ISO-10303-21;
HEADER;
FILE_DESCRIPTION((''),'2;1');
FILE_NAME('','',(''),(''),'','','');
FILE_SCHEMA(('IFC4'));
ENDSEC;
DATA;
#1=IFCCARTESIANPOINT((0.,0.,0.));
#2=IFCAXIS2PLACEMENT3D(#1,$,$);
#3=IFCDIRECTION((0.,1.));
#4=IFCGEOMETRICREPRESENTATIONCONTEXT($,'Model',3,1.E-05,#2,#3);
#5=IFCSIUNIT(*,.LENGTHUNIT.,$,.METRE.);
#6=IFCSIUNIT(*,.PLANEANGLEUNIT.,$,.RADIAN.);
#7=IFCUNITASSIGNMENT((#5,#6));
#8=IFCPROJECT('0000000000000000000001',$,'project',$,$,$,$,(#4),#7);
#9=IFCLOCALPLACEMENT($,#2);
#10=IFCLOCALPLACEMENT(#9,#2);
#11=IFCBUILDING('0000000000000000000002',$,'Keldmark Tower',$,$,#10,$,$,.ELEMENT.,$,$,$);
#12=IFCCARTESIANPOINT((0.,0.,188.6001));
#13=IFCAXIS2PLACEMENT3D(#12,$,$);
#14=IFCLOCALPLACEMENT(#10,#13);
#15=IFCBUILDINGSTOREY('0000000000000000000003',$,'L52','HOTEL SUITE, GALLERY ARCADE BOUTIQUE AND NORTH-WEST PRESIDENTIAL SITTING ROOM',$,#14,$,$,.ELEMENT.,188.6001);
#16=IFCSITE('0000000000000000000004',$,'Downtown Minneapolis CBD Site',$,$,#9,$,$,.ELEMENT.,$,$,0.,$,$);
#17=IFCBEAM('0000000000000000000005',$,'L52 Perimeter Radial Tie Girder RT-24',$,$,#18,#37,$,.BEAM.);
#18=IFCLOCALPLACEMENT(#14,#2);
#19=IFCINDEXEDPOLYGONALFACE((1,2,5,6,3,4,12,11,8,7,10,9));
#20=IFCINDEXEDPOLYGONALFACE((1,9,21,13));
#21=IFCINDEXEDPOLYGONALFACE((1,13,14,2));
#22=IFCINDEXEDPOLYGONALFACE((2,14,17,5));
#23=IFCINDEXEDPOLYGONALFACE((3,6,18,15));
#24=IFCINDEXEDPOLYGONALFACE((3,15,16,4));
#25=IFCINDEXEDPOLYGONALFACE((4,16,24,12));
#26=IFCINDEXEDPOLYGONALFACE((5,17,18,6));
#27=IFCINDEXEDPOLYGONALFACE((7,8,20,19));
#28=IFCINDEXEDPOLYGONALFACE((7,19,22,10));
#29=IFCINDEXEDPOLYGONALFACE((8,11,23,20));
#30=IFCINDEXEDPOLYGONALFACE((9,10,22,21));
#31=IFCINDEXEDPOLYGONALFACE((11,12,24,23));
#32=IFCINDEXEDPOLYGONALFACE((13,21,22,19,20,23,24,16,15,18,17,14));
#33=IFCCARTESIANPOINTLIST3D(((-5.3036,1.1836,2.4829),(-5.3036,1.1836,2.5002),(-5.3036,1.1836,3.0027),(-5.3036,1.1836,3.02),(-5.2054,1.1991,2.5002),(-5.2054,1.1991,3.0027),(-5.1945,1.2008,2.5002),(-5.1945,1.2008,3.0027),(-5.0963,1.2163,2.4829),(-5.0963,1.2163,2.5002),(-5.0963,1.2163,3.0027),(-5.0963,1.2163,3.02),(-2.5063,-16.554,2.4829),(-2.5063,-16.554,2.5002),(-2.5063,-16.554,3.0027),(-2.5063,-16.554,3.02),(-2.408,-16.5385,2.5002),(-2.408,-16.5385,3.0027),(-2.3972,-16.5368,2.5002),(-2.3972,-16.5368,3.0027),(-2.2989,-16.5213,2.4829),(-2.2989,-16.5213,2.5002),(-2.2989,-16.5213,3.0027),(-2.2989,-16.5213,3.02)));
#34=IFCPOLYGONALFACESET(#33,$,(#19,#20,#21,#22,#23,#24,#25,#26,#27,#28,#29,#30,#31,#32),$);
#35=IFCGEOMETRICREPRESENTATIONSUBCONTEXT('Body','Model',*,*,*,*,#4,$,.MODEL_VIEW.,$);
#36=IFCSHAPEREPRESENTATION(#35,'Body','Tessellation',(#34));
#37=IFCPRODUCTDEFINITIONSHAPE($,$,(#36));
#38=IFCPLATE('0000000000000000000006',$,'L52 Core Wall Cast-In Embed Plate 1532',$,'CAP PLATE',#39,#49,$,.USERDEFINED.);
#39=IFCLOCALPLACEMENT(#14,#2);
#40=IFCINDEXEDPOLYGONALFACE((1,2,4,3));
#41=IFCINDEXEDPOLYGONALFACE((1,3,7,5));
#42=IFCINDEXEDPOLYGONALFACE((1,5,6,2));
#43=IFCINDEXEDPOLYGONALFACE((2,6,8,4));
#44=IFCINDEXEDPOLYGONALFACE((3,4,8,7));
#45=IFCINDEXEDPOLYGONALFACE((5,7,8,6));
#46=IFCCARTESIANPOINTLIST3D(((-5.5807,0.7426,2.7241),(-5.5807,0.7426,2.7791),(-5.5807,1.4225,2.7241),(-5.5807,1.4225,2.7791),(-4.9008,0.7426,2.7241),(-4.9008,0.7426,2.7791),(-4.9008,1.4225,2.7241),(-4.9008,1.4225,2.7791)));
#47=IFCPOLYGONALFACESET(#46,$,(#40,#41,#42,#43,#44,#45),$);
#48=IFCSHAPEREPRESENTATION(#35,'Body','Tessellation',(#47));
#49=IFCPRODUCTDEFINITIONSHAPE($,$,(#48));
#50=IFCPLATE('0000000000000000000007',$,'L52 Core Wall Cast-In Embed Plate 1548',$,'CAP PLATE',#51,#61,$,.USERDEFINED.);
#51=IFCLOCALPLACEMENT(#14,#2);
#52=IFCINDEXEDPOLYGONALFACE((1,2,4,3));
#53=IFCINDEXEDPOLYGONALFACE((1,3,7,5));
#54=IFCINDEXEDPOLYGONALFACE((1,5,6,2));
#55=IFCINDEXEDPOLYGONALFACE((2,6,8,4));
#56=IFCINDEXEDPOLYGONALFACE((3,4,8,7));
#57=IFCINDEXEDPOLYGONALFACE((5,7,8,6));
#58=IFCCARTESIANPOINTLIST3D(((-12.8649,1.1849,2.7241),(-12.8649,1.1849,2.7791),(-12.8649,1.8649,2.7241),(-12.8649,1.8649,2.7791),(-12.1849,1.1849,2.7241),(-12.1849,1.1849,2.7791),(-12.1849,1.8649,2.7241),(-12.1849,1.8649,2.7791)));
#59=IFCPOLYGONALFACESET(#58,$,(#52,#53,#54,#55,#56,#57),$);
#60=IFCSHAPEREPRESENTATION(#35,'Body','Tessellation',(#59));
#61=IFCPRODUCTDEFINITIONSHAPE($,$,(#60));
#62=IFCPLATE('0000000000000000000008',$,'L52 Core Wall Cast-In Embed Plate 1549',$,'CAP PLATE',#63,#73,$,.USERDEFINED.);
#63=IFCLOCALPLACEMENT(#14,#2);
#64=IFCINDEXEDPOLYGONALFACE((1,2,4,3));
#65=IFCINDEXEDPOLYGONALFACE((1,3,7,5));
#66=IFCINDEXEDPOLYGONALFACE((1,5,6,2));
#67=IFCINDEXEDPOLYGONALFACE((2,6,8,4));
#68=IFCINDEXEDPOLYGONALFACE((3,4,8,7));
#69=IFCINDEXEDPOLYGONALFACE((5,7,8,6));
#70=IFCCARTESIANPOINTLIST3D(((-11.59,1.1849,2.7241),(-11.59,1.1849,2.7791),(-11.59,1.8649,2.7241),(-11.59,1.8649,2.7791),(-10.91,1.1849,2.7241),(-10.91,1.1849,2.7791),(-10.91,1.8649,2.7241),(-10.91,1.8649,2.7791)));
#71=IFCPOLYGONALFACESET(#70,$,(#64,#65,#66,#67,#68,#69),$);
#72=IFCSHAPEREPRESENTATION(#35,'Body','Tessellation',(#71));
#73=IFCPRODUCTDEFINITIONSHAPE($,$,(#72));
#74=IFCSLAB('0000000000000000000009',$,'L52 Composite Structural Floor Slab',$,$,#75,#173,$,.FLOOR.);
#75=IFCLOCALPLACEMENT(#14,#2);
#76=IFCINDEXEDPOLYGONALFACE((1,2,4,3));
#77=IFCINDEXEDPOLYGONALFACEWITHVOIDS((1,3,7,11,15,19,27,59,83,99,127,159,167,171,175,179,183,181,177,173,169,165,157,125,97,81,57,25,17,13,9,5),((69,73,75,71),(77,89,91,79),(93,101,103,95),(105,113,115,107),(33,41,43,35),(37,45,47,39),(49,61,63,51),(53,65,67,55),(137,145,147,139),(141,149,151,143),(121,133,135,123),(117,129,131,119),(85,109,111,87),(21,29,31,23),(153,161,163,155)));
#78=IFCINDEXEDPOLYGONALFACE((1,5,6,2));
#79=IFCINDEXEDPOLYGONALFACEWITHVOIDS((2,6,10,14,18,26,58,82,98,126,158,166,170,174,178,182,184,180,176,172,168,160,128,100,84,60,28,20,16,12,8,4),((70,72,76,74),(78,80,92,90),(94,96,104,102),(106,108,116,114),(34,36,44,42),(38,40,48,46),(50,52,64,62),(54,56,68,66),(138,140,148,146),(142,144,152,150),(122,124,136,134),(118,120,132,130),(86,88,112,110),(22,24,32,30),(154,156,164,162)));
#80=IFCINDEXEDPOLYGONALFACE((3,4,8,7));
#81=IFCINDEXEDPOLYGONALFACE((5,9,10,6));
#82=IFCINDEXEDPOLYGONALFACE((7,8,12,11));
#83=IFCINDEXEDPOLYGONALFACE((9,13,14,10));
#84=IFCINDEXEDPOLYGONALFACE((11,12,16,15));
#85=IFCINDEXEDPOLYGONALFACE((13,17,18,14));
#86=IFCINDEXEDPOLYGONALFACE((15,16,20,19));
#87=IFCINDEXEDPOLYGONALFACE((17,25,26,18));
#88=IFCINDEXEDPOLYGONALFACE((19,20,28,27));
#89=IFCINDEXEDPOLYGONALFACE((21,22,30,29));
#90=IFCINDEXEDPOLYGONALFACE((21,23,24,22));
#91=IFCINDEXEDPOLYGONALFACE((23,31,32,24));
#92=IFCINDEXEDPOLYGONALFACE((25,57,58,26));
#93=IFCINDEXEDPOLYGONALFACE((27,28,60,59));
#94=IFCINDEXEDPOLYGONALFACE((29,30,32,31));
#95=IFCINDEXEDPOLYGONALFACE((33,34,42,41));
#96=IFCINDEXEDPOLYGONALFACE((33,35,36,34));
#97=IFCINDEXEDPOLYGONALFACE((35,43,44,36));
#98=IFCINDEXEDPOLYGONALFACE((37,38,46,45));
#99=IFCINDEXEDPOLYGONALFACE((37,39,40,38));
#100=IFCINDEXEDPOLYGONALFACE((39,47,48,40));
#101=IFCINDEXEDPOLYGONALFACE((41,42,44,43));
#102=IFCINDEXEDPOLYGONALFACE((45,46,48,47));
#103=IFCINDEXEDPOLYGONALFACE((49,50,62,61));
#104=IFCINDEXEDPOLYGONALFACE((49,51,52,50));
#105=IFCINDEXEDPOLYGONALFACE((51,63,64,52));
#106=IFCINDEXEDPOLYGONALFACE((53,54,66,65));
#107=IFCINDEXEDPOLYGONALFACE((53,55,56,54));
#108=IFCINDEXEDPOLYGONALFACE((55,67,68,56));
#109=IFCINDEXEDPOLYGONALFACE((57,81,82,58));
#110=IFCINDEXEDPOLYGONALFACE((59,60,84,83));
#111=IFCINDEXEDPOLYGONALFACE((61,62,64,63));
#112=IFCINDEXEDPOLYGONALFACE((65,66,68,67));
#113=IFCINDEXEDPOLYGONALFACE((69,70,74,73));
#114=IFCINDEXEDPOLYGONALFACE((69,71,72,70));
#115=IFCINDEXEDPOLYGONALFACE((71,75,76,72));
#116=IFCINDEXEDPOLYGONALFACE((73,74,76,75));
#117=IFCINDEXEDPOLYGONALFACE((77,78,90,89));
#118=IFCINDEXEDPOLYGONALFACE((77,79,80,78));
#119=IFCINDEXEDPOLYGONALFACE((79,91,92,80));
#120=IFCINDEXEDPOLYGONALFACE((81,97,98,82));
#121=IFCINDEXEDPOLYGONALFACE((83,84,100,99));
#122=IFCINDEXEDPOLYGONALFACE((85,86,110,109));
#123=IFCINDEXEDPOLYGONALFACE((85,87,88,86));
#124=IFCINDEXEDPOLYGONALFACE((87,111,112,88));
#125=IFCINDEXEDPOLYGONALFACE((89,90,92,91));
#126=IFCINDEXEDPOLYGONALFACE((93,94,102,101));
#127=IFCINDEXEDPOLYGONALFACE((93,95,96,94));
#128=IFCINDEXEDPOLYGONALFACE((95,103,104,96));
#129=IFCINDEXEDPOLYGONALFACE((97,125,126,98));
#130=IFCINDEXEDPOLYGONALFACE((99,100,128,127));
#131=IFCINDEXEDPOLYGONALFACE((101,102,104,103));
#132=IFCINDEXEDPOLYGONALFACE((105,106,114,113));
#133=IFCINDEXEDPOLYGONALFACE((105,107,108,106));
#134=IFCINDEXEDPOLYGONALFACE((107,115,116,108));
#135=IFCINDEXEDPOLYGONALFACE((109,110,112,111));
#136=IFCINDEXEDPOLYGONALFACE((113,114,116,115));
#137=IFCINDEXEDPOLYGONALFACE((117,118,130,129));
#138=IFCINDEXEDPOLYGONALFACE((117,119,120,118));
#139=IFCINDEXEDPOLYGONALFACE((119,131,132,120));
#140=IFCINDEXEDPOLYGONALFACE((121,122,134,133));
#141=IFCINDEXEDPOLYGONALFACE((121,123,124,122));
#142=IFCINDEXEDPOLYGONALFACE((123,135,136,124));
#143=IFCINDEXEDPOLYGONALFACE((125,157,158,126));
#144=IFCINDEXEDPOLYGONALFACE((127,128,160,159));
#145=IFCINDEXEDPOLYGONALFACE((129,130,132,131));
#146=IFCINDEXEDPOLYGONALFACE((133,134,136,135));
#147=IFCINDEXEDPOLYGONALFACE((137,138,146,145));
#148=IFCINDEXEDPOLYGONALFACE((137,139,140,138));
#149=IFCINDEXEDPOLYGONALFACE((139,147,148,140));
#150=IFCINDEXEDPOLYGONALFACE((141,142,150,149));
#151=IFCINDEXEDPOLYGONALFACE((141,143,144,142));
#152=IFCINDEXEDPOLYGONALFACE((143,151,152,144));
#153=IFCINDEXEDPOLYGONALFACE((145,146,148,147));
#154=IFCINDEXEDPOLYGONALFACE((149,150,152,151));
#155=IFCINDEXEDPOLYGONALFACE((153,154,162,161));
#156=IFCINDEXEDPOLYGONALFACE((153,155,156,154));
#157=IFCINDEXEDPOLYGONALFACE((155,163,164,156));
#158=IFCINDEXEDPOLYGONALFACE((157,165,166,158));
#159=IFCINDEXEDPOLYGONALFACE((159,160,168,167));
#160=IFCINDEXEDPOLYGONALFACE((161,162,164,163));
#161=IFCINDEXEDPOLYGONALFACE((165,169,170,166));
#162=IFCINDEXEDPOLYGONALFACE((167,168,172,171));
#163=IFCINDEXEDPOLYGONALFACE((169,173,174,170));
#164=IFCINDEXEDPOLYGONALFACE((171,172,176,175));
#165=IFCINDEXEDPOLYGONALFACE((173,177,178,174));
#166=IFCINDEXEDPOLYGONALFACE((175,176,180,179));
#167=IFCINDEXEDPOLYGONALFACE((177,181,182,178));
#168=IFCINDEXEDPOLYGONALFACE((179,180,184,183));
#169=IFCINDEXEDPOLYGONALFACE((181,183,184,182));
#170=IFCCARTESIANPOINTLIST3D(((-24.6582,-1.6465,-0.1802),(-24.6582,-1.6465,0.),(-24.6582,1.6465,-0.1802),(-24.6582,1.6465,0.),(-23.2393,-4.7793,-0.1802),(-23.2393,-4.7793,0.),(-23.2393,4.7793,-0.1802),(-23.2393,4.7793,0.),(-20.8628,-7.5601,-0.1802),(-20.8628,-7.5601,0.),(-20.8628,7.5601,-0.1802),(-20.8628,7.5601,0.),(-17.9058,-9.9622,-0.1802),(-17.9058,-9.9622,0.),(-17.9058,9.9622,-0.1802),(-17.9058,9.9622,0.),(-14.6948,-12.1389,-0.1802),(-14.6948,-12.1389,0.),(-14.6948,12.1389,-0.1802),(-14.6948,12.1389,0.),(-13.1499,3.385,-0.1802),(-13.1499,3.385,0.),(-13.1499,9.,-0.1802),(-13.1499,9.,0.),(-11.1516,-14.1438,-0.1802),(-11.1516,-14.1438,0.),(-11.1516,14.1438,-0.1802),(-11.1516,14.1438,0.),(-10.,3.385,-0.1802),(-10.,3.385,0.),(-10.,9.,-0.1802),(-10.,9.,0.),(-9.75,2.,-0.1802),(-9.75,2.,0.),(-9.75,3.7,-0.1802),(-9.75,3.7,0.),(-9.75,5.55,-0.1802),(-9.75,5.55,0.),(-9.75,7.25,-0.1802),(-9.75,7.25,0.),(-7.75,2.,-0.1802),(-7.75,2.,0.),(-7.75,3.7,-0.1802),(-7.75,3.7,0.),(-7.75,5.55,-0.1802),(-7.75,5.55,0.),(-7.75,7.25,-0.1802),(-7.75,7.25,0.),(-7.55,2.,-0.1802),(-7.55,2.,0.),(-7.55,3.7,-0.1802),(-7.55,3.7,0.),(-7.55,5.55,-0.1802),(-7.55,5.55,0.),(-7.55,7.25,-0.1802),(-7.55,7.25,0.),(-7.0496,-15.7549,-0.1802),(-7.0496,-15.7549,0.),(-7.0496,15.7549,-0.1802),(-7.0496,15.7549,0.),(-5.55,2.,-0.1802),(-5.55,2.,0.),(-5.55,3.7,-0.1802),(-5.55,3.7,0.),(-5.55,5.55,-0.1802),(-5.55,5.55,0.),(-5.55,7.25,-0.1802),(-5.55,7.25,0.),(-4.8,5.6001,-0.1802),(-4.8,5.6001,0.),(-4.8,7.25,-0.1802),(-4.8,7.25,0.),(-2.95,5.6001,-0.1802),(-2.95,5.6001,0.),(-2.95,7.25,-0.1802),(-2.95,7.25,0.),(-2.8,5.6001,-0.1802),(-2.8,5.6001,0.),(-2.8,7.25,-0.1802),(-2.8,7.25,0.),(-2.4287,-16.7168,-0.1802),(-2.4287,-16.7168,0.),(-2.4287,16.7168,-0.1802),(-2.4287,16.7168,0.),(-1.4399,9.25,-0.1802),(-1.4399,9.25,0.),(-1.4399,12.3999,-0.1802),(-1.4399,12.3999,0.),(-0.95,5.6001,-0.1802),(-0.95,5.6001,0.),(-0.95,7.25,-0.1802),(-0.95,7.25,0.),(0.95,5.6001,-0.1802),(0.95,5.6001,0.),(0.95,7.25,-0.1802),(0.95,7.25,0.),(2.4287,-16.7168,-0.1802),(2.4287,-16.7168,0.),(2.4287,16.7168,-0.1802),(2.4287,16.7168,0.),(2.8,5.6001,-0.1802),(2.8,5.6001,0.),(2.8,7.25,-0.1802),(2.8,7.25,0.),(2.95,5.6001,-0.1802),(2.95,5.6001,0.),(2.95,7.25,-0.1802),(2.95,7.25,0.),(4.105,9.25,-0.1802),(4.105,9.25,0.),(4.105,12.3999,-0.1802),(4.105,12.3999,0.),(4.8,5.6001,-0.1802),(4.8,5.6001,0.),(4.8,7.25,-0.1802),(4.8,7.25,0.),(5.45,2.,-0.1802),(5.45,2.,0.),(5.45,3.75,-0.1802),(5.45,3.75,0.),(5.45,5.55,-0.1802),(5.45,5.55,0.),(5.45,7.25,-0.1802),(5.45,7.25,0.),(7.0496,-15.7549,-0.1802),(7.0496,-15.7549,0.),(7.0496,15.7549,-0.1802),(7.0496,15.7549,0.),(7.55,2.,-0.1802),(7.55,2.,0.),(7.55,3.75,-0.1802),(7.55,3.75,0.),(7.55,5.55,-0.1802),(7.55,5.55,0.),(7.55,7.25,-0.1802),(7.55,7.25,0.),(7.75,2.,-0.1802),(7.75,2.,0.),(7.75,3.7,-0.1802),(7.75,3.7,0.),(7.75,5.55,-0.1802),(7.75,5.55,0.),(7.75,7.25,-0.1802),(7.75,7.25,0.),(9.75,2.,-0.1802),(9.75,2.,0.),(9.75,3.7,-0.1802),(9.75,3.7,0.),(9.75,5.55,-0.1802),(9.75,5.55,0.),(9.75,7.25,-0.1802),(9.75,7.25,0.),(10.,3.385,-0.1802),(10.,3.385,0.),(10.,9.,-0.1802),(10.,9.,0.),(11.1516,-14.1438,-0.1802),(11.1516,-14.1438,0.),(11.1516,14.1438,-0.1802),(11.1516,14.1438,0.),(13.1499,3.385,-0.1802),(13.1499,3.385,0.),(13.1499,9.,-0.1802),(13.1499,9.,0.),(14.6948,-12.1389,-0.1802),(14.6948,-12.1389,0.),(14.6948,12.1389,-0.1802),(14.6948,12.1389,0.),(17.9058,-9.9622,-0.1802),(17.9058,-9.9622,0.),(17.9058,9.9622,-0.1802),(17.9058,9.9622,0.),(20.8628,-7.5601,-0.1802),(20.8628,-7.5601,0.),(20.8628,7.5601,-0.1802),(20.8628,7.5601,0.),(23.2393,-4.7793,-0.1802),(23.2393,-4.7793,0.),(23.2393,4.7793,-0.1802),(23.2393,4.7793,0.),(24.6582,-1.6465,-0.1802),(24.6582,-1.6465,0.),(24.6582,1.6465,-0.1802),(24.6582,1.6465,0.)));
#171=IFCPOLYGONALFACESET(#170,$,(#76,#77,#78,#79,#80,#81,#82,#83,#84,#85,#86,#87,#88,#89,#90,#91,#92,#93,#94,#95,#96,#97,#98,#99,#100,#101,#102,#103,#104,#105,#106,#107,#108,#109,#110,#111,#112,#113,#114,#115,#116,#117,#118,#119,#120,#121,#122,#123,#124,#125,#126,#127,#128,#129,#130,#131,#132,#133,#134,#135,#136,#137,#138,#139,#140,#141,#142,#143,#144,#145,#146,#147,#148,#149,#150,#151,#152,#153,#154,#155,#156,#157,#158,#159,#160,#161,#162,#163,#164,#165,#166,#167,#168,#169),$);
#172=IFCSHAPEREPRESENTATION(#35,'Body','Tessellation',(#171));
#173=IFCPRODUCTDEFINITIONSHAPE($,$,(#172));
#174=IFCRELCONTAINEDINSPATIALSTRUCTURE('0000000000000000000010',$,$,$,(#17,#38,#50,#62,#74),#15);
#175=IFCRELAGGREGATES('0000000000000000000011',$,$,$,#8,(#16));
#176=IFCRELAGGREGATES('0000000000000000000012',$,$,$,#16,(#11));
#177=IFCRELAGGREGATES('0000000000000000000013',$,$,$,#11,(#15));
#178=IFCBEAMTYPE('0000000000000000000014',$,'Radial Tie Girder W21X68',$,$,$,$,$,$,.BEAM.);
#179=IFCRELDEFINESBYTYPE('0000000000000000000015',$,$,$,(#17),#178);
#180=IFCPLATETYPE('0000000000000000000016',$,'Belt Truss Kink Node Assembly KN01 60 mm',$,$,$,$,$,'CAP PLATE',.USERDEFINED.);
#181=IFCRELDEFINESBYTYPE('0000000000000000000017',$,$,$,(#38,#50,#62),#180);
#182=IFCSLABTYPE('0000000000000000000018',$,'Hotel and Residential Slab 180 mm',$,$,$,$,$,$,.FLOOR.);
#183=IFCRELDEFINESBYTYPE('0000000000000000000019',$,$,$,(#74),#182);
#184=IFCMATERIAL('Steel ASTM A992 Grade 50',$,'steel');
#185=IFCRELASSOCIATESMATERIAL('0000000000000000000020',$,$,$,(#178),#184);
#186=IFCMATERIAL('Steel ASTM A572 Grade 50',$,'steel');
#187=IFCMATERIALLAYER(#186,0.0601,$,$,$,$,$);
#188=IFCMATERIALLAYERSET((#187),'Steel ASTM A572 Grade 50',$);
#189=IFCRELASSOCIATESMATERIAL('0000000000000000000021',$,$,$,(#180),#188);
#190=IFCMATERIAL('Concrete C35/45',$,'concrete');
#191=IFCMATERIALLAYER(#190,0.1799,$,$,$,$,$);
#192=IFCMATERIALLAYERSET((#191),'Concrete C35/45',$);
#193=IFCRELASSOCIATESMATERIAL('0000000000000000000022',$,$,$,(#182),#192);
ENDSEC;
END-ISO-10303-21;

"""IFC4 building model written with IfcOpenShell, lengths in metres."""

from ifc_helpers import new_model, si_unit, direction, frame, origin, origin_2d, place, context, subcontext, project, spatial, polyline, rectangle, i_section, outline, extrude, material, layer, layer_set, material_profile, profile_set, type_object, element, save


model = new_model("IFC4")

# Units and contexts
model_context = context("Model", 3, precision=1e-05, world=origin(), true_north=direction((0.0, 1.0)))
body_context = subcontext(model_context, "Body", "Model", "MODEL_VIEW")
ifc_project = project(units=[si_unit("LENGTHUNIT", "METRE"), si_unit("PLANEANGLEUNIT", "RADIAN")], contexts=[model_context])

# Site, building, storey
site_placement = place(None, origin())
site = spatial("IfcSite", under=ifc_project, at=site_placement, Name="Downtown Minneapolis CBD Site", CompositionType="ELEMENT", RefElevation=0.0)
building_placement = place(site_placement, origin())
building = spatial("IfcBuilding", under=site, at=building_placement, Name="Keldmark Tower", CompositionType="ELEMENT")
storey_placement = place(building_placement, frame((0.0, 0.0, 188.6001)))
storey = spatial("IfcBuildingStorey", under=building, at=storey_placement, Name="L52", Description="HOTEL SUITE, GALLERY ARCADE BOUTIQUE AND NORTH-WEST PRESIDENTIAL SITTING ROOM", CompositionType="ELEMENT", Elevation=188.6001)

# Beam
ifc_material_1 = material(Name="Steel ASTM A992 Grade 50", Category="steel")
ifc_material_profile_1 = material_profile(ifc_material_1, i_section(OverallWidth=0.21, OverallDepth=0.5371, WebThickness=0.011, FlangeThickness=0.0173, at=origin_2d()), Name="W21X68")
ifc_profile_set_1 = profile_set([ifc_material_profile_1], Name="Steel ASTM A992 Grade 50")
beam_type_1 = type_object("IfcBeamType", Name="Radial Tie Girder W21X68", PredefinedType="BEAM", material=ifc_profile_set_1)
beam_1_placement = place(storey_placement, frame((-5.2, 1.2, 2.7515), z_axis=(0.155783, -0.987791, 0.0), x_axis=(0.987791, 0.155783, 0.0)))
element("IfcBeam", 1, at=beam_1_placement, inside=storey, type_object=beam_type_1, Name="L52 Perimeter Radial Tie Girder RT-24", PredefinedType="BEAM", context=body_context, shape_type="SweptSolid", body=[
    extrude(i_section(OverallWidth=0.21, OverallDepth=0.5371, WebThickness=0.011, FlangeThickness=0.0173, at=origin_2d()), origin(), (0.0, 0.0, 1.0), 17.9568),
])

# Plates
ifc_material_2 = material(Name="Steel ASTM A572 Grade 50", Category="steel")
ifc_layer_1 = layer(ifc_material_2, 0.0601)
ifc_layer_set_1 = layer_set([ifc_layer_1], Name="Steel ASTM A572 Grade 50")
plate_type = type_object("IfcPlateType", Name="Belt Truss Kink Node Assembly KN01 60 mm", ElementType="CAP PLATE", PredefinedType="USERDEFINED", material=ifc_layer_set_1)
for number, where, z_axis, x_axis, name in (
    (2, (-5.2407, 1.0825, 2.7241), (0.0, 0.0, 1.0), (1.0, 0.0, 0.0), "L52 Core Wall Cast-In Embed Plate 1532"),
    (3, (-12.5249, 1.5249, 2.7241), (0.0, 0.0, 1.0), (1.0, 0.0, 0.0), "L52 Core Wall Cast-In Embed Plate 1548"),
    (4, (-11.25, 1.5249, 2.7241), (0.0, 0.0, 1.0), (1.0, 0.0, 0.0), "L52 Core Wall Cast-In Embed Plate 1549"),
):
    element("IfcPlate", number, at=place(storey_placement, frame(where, z_axis=z_axis, x_axis=x_axis)), inside=storey, type_object=plate_type, Name=name, ObjectType="CAP PLATE", PredefinedType="USERDEFINED", context=body_context, shape_type="SweptSolid", body=[
        extrude(rectangle(XDim=0.6799, YDim=0.6799, at=origin_2d()), origin(), (0.0, 0.0, 1.0), 0.0549),
    ])

# Slab
ifc_material_3 = material(Name="Concrete C35/45", Category="concrete")
ifc_layer_2 = layer(ifc_material_3, 0.1799)
ifc_layer_set_2 = layer_set([ifc_layer_2], Name="Concrete C35/45")
slab_type_1 = type_object("IfcSlabType", Name="Hotel and Residential Slab 180 mm", PredefinedType="FLOOR", material=ifc_layer_set_2)
slab_1_placement = place(storey_placement, frame((0.0, 0.0, -0.1802)))
element("IfcSlab", 5, at=slab_1_placement, inside=storey, type_object=slab_type_1, Name="L52 Composite Structural Floor Slab", PredefinedType="FLOOR", context=body_context, shape_type="SweptSolid", body=[
    extrude(outline(polyline([(24.6582, 1.6465), (23.2393, 4.7793), (20.8628, 7.5601), (17.9058, 9.9622), (14.6948, 12.1389), (11.1516, 14.1438), (7.0496, 15.7549), (2.4287, 16.7168), (-2.4287, 16.7168), (-7.0496, 15.7549), (-11.1516, 14.1438), (-14.6948, 12.1389), (-17.9058, 9.9622), (-20.8628, 7.5601), (-23.2393, 4.7793), (-24.6582, 1.6465), (-24.6582, -1.6465), (-23.2393, -4.7793), (-20.8628, -7.5601), (-17.9058, -9.9622), (-14.6948, -12.1389), (-11.1516, -14.1438), (-7.0496, -15.7549), (-2.4287, -16.7168), (2.4287, -16.7168), (7.0496, -15.7549), (11.1516, -14.1438), (14.6948, -12.1389), (17.9058, -9.9622), (20.8628, -7.5601), (23.2393, -4.7793), (24.6582, -1.6465), (24.6582, 1.6465)]), holes=[polyline([(-10.0, 3.385), (-10.0, 9.0), (-13.1499, 9.0), (-13.1499, 3.385), (-10.0, 3.385)]), polyline([(13.1499, 3.385), (13.1499, 9.0), (10.0, 9.0), (10.0, 3.385), (13.1499, 3.385)]), polyline([(-1.4399, 9.25), (4.105, 9.25), (4.105, 12.3999), (-1.4399, 12.3999), (-1.4399, 9.25)]), polyline([(-9.75, 2.0), (-7.75, 2.0), (-7.75, 3.7), (-9.75, 3.7), (-9.75, 2.0)]), polyline([(7.75, 2.0), (9.75, 2.0), (9.75, 3.7), (7.75, 3.7), (7.75, 2.0)]), polyline([(5.45, 2.0), (7.55, 2.0), (7.55, 3.75), (5.45, 3.75), (5.45, 2.0)]), polyline([(-4.8, 5.6001), (-2.95, 5.6001), (-2.95, 7.25), (-4.8, 7.25), (-4.8, 5.6001)]), polyline([(-2.8, 5.6001), (-0.95, 5.6001), (-0.95, 7.25), (-2.8, 7.25), (-2.8, 5.6001)]), polyline([(0.95, 5.6001), (2.8, 5.6001), (2.8, 7.25), (0.95, 7.25), (0.95, 5.6001)]), polyline([(2.95, 5.6001), (4.8, 5.6001), (4.8, 7.25), (2.95, 7.25), (2.95, 5.6001)]), polyline([(-9.75, 5.55), (-7.75, 5.55), (-7.75, 7.25), (-9.75, 7.25), (-9.75, 5.55)]), polyline([(-7.55, 5.55), (-5.55, 5.55), (-5.55, 7.25), (-7.55, 7.25), (-7.55, 5.55)]), polyline([(-7.55, 2.0), (-5.55, 2.0), (-5.55, 3.7), (-7.55, 3.7), (-7.55, 2.0)]), polyline([(5.45, 5.55), (7.55, 5.55), (7.55, 7.25), (5.45, 7.25), (5.45, 5.55)]), polyline([(7.75, 5.55), (9.75, 5.55), (9.75, 7.25), (7.75, 7.25), (7.75, 5.55)])]), origin(), (0.0, 0.0, 1.0), 0.1802),
])

save(model, "model.ifc")
